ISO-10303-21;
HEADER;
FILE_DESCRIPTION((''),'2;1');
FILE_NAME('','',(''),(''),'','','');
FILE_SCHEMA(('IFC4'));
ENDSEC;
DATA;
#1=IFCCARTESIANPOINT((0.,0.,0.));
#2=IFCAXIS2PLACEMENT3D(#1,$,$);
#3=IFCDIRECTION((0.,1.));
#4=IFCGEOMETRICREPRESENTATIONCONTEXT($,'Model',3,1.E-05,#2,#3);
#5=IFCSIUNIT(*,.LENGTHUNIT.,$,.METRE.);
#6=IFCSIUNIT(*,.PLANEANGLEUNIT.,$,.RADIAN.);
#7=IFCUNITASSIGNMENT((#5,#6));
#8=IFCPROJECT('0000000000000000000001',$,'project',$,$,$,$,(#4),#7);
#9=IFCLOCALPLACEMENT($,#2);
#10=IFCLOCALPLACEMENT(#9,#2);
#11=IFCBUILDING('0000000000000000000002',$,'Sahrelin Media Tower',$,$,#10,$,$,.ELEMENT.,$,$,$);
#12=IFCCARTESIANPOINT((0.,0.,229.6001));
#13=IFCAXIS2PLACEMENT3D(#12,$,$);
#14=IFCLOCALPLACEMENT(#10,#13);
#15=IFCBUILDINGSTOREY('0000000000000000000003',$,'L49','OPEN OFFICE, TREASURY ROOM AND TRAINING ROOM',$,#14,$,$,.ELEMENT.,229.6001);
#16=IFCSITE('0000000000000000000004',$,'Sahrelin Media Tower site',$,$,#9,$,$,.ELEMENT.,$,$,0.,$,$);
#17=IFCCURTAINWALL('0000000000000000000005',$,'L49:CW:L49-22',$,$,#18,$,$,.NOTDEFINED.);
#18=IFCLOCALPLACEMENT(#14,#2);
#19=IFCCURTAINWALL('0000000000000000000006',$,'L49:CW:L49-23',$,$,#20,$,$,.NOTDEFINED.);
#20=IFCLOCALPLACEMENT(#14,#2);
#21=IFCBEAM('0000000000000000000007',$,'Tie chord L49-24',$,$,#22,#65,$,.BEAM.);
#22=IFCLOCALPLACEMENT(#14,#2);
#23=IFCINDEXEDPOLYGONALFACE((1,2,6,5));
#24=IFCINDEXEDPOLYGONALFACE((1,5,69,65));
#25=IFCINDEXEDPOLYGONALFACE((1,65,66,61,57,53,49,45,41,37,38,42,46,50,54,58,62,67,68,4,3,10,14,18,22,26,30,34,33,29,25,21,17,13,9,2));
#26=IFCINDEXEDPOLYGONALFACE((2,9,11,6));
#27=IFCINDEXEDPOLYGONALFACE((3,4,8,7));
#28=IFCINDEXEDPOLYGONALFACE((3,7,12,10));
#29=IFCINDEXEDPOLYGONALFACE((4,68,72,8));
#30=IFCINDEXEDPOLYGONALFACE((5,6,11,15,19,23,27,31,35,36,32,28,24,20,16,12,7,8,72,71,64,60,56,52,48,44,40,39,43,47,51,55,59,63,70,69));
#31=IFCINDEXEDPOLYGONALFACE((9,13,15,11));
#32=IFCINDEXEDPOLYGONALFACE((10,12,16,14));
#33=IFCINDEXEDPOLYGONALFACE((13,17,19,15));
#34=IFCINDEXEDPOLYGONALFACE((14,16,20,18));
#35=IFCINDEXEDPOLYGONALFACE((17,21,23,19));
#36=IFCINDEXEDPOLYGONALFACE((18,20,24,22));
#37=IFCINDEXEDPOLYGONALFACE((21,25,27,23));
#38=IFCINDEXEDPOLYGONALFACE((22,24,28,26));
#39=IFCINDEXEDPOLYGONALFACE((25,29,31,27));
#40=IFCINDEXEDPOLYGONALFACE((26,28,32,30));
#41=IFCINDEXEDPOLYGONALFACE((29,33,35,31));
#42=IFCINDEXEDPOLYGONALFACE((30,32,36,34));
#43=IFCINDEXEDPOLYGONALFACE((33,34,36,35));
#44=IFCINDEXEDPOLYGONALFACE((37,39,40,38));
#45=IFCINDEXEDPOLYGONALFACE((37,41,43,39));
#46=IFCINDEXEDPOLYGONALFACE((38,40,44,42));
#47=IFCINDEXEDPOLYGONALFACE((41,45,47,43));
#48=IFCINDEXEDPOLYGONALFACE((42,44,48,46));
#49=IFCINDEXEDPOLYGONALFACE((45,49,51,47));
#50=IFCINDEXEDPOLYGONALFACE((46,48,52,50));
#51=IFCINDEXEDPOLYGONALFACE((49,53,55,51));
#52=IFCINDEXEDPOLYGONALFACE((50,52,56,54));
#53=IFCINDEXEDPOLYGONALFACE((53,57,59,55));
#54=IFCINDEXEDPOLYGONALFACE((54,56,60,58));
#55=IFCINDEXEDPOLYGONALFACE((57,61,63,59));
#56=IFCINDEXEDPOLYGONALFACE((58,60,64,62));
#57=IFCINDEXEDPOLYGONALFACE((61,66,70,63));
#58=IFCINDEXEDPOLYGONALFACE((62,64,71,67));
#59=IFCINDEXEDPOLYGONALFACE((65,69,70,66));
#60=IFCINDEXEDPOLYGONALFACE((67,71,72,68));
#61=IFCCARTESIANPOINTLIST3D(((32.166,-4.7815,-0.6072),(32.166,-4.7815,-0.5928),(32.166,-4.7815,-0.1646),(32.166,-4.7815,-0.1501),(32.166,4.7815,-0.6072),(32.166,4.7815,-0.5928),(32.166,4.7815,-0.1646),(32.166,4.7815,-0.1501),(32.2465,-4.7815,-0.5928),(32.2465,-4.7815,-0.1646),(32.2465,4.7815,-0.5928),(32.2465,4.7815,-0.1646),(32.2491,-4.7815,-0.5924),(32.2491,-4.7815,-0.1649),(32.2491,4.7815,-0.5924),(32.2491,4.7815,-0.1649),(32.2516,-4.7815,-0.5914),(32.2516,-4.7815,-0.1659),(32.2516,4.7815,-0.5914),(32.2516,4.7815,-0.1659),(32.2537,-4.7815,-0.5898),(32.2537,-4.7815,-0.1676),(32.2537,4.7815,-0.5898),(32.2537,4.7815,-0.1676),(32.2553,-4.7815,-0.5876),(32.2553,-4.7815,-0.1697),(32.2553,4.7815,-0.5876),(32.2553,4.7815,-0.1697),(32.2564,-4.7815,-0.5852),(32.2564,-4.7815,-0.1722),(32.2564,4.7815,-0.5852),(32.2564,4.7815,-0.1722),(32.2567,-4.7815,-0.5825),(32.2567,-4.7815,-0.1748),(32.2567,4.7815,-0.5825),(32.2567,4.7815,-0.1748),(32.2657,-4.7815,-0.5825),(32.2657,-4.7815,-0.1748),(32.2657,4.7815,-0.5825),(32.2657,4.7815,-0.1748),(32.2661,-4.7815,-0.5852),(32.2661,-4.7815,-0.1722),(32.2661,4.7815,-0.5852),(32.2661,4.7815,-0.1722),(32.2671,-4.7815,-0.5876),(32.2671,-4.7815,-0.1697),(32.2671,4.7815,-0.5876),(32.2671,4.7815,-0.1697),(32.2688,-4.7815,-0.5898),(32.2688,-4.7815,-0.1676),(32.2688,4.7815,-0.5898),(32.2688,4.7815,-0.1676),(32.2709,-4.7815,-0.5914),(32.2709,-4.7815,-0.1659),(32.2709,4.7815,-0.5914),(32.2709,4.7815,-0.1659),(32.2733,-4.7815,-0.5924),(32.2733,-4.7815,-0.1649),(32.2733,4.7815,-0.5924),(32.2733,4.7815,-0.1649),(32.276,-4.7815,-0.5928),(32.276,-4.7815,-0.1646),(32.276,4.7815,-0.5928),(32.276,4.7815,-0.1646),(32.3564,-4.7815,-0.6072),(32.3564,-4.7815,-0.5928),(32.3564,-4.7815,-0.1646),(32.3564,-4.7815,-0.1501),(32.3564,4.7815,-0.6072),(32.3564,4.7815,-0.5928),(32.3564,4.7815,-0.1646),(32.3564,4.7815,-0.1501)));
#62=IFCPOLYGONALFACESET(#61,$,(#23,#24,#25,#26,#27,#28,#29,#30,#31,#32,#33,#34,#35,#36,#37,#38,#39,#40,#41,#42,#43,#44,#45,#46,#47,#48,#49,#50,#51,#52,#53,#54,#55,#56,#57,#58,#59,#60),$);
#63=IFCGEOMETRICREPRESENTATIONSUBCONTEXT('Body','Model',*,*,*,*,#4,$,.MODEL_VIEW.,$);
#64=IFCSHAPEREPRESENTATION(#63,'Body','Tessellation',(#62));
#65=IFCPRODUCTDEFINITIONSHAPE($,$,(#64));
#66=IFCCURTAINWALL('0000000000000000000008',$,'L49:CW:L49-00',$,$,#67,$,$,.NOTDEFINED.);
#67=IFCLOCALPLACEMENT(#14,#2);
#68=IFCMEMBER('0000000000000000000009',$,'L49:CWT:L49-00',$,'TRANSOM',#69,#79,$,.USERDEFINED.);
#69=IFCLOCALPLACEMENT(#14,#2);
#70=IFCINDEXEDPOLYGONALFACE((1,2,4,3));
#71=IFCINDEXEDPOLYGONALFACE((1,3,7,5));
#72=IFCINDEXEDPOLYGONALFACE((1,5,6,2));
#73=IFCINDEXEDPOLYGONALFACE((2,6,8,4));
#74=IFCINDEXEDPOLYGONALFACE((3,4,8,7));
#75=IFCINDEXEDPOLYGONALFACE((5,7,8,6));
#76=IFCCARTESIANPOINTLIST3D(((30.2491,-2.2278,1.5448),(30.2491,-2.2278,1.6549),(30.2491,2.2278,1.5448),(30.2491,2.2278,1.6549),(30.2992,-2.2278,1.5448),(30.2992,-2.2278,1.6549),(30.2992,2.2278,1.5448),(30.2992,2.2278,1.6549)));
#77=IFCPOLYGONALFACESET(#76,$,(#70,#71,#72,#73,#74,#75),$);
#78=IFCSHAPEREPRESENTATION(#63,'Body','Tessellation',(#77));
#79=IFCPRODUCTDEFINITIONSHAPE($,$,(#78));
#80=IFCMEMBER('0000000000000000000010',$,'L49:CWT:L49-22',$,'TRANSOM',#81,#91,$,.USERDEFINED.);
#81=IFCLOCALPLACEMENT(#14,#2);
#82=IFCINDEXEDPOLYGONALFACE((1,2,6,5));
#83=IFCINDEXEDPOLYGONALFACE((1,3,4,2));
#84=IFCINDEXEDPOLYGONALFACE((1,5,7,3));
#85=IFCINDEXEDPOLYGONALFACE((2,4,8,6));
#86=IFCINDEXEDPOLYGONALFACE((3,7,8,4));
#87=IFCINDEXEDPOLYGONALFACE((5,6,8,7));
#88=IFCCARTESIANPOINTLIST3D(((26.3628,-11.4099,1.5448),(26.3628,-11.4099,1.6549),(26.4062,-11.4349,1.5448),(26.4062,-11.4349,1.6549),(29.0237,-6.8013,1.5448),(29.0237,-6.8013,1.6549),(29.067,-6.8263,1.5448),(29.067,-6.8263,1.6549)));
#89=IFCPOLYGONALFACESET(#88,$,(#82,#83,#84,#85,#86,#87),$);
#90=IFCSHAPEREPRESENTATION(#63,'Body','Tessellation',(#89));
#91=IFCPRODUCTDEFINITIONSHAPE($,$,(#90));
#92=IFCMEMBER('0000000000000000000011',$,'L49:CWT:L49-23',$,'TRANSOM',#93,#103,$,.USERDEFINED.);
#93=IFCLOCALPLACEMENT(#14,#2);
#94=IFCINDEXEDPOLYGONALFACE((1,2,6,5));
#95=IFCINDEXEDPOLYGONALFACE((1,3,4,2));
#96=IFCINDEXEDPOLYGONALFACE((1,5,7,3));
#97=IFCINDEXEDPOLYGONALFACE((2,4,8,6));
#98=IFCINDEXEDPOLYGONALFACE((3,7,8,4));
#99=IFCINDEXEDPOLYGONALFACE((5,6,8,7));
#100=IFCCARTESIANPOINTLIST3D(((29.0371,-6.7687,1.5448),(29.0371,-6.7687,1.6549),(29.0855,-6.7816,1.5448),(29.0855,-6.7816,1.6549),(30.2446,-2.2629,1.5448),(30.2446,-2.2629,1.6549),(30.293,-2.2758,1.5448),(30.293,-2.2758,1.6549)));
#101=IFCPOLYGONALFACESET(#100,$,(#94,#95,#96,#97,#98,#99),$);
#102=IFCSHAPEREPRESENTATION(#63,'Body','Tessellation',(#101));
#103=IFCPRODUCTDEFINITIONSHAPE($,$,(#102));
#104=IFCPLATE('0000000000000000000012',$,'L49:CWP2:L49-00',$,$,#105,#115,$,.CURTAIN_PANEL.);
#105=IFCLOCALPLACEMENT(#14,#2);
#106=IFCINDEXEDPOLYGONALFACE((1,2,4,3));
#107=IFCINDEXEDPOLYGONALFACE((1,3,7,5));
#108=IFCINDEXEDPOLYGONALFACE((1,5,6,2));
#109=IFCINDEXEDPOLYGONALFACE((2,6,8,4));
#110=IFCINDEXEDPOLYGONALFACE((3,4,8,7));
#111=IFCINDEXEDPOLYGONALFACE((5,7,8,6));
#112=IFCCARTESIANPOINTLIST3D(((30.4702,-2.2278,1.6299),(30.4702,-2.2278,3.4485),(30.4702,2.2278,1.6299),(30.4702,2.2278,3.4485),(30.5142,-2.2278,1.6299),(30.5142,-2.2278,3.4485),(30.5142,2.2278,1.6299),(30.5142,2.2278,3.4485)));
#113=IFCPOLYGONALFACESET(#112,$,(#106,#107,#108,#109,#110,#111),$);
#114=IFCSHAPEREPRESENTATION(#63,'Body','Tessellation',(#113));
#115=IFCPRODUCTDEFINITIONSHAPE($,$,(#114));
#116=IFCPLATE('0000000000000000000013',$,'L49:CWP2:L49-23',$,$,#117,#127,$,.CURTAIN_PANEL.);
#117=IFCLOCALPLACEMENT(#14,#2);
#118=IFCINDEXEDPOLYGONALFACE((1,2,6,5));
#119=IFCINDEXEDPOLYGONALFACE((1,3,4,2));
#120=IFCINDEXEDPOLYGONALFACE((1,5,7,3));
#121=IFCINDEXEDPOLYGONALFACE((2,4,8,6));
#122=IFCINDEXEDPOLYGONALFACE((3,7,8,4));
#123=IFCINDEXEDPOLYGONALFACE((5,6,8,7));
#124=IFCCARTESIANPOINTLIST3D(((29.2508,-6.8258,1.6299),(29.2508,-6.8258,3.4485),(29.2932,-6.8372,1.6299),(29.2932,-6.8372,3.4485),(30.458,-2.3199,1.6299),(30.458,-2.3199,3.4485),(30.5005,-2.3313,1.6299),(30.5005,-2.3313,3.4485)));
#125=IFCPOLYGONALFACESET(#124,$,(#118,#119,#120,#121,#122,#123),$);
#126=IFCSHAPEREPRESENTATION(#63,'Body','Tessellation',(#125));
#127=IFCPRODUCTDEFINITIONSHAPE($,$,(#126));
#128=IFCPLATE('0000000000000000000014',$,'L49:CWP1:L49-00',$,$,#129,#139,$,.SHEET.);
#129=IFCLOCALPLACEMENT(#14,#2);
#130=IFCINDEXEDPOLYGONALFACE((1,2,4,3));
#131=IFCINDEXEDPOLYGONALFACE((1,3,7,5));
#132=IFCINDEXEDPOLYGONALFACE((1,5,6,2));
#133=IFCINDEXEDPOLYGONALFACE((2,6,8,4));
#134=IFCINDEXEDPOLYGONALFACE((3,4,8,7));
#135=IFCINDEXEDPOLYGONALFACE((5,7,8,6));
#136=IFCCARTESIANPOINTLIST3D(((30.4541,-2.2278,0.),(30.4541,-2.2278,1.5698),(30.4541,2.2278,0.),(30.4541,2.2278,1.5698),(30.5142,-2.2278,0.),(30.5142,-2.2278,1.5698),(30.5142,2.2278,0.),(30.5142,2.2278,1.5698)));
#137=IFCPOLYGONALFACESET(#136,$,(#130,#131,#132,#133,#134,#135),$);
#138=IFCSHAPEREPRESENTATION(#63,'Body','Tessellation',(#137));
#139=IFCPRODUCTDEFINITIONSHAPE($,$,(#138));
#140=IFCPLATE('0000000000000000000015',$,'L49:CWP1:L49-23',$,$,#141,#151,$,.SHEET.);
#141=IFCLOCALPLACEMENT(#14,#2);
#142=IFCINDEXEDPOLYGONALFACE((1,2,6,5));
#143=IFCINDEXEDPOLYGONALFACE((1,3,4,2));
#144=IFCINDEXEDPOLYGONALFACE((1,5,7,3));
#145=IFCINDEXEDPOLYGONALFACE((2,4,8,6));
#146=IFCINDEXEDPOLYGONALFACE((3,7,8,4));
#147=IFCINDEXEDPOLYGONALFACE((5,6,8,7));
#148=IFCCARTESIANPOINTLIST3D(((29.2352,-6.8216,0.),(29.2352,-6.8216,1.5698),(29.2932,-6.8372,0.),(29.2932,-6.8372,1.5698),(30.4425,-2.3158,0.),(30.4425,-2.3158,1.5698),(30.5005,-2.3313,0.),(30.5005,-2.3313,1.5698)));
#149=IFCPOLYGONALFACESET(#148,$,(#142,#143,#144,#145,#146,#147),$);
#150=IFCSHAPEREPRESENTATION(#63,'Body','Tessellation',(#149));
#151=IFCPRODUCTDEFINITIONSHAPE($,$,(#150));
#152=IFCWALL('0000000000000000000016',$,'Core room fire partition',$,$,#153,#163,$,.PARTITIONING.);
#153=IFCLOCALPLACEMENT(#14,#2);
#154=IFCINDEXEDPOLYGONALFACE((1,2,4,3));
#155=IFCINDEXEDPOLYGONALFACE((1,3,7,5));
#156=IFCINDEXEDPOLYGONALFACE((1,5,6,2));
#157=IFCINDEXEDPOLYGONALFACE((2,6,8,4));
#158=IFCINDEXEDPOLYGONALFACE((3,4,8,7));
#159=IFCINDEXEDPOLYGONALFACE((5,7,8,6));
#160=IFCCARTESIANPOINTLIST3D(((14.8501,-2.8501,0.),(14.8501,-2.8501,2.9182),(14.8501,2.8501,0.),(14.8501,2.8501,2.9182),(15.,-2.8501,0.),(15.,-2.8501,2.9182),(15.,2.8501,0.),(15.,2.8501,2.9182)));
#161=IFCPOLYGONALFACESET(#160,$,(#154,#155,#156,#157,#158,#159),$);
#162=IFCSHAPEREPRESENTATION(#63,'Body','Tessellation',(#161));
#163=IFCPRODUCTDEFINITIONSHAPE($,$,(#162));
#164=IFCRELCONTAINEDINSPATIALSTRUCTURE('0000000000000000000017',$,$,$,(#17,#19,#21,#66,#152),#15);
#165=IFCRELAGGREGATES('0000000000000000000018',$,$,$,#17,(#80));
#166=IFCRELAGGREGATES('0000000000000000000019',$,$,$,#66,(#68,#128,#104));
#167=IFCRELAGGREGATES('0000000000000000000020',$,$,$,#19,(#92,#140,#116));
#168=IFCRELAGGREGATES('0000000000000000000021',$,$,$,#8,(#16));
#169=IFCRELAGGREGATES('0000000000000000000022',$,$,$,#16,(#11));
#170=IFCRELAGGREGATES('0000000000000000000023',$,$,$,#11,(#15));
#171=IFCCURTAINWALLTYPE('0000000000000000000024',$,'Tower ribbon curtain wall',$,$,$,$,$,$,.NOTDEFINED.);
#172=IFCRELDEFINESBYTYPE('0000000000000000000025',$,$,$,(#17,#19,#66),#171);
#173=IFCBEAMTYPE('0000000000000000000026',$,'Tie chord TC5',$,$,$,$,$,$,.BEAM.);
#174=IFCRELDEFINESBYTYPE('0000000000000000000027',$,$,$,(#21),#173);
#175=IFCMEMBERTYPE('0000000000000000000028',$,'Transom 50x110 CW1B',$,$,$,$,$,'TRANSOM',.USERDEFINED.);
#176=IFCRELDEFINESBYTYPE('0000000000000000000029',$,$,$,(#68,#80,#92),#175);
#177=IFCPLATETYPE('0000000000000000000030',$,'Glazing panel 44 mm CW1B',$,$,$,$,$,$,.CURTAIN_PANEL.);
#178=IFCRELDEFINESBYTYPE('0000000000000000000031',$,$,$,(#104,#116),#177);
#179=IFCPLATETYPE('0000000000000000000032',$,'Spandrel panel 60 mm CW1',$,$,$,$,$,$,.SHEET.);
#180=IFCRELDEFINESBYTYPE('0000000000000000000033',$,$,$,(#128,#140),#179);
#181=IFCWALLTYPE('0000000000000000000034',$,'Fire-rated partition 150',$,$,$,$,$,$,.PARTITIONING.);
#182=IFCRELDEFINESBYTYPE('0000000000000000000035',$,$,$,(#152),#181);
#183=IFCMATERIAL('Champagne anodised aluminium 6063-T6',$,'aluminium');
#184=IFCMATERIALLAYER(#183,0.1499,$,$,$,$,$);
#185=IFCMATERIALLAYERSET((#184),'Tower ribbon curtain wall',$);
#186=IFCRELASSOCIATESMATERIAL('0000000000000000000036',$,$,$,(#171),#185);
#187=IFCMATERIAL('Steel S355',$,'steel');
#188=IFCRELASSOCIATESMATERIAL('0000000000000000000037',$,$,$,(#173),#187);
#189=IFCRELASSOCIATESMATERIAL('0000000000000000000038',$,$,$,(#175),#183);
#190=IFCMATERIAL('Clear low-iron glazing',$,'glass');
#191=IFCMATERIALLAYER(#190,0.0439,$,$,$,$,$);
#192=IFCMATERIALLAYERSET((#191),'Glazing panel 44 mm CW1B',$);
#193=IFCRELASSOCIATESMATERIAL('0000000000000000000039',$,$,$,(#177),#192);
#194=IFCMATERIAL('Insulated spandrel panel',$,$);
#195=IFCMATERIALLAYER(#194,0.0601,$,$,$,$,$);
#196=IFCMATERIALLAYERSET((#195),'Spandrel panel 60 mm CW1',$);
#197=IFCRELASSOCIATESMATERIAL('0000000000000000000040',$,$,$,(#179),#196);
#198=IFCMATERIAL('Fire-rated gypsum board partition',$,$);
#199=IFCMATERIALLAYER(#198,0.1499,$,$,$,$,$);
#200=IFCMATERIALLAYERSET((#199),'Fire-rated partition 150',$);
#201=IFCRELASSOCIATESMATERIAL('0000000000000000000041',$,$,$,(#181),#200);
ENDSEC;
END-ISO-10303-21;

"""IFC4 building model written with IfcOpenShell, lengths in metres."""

from ifc_helpers import new_model, si_unit, direction, frame, frame_2d, origin, origin_2d, place, context, subcontext, project, spatial, polyline, rectangle, i_section, outline, extrude, material, layer, layer_set, material_profile, profile_set, type_object, element, aggregate, save


model = new_model("IFC4")

# Units and contexts
model_context = context("Model", 3, precision=1e-05, world=origin(), true_north=direction((0.0, 1.0)))
body_context = subcontext(model_context, "Body", "Model", "MODEL_VIEW")
ifc_project = project(units=[si_unit("LENGTHUNIT", "METRE"), si_unit("PLANEANGLEUNIT", "RADIAN")], contexts=[model_context])

# Site, building, storey
site_placement = place(None, origin())
site = spatial("IfcSite", under=ifc_project, at=site_placement, Name="Sahrelin Media Tower site", CompositionType="ELEMENT", RefElevation=0.0)
building_placement = place(site_placement, origin())
building = spatial("IfcBuilding", under=site, at=building_placement, Name="Sahrelin Media Tower", CompositionType="ELEMENT")
storey_placement = place(building_placement, frame((0.0, 0.0, 229.6001)))
storey = spatial("IfcBuildingStorey", under=building, at=storey_placement, Name="L49", Description="OPEN OFFICE, TREASURY ROOM AND TRAINING ROOM", CompositionType="ELEMENT", Elevation=229.6001)

# Shared definitions
ifc_material_1 = material(Name="Steel S355", Category="steel")

# Curtain walls
ifc_material_2 = material(Name="Champagne anodised aluminium 6063-T6", Category="aluminium")
ifc_layer_1 = layer(ifc_material_2, 0.1499)
ifc_layer_set_1 = layer_set([ifc_layer_1], Name="Tower ribbon curtain wall")
curtain_wall_type = type_object("IfcCurtainWallType", Name="Tower ribbon curtain wall", PredefinedType="NOTDEFINED", material=ifc_layer_set_1)
curtain_wall_1_placement = place(storey_placement, frame((27.9055, -9.2278, 0.0), z_axis=(0.0, 0.0, 1.0), x_axis=(1.0, 0.0, 0.0)))
curtain_wall_1 = element("IfcCurtainWall", 1, at=curtain_wall_1_placement, inside=storey, type_object=curtain_wall_type, Name="L49:CW:L49-22", PredefinedType="NOTDEFINED")
curtain_wall_2_placement = place(storey_placement, frame((29.8774, -4.5791, 0.0), z_axis=(0.0, 0.0, 1.0), x_axis=(1.0, 0.0, 0.0)))
curtain_wall_2 = element("IfcCurtainWall", 2, at=curtain_wall_2_placement, inside=storey, type_object=curtain_wall_type, Name="L49:CW:L49-23", PredefinedType="NOTDEFINED")

# Beam
ifc_material_profile_1 = material_profile(ifc_material_1, i_section(OverallWidth=0.1904, OverallDepth=0.457, WebThickness=0.009, FlangeThickness=0.0144, FilletRadius=0.0103, at=origin_2d()), Name="UB 457x191x74")
ifc_profile_set_1 = profile_set([ifc_material_profile_1], Name="Steel S355")
beam_type_1 = type_object("IfcBeamType", Name="Tie chord TC5", PredefinedType="BEAM", material=ifc_profile_set_1)
beam_1_placement = place(storey_placement, frame((32.2612, -4.7815, -0.3787), z_axis=(0.0, 1.0, 0.0), x_axis=(-1.0, 0.0, 0.0)))
element("IfcBeam", 3, at=beam_1_placement, inside=storey, type_object=beam_type_1, Name="Tie chord L49-24", PredefinedType="BEAM", context=body_context, shape_type="SweptSolid", body=[
    extrude(i_section(OverallWidth=0.1904, OverallDepth=0.457, WebThickness=0.009, FlangeThickness=0.0144, FilletRadius=0.0103, at=origin_2d()), origin(), (0.0, 0.0, 1.0), 9.563),
])

# Curtain wall, member
curtain_wall_3_placement = place(storey_placement, frame((30.4941, 0.0, 0.0), z_axis=(0.0, 0.0, 1.0), x_axis=(1.0, 0.0, 0.0)))
curtain_wall_3 = element("IfcCurtainWall", 4, at=curtain_wall_3_placement, inside=storey, type_object=curtain_wall_type, Name="L49:CW:L49-00", PredefinedType="NOTDEFINED")
ifc_material_profile_2 = material_profile(ifc_material_2, rectangle(XDim=0.05, YDim=0.1101, at=origin_2d()), Name="Transom 50x110")
ifc_profile_set_2 = profile_set([ifc_material_profile_2], Name="Champagne anodised aluminium 6063-T6")
member_type_1 = type_object("IfcMemberType", Name="Transom 50x110 CW1B", ElementType="TRANSOM", PredefinedType="USERDEFINED", material=ifc_profile_set_2)
member_1_placement = place(storey_placement, frame((30.2742, -2.2278, 1.5999), z_axis=(0.0, 1.0, 0.0), x_axis=(-1.0, 0.0, 0.0)))
member_1 = element("IfcMember", 5, at=member_1_placement, type_object=member_type_1, Name="L49:CWT:L49-00", ObjectType="TRANSOM", PredefinedType="USERDEFINED", context=body_context, shape_type="SweptSolid", body=[
    extrude(rectangle(XDim=0.05, YDim=0.1101, at=origin_2d()), origin(), (0.0, 0.0, 1.0), 4.4556),
])

# Members
member_2_placement = place(storey_placement, frame((26.3845, -11.4224, 1.5999), z_axis=(0.500012, 0.866018, 0.0), x_axis=(-0.866018, 0.500012, 0.0)))
member_2 = element("IfcMember", 6, at=member_2_placement, type_object=member_type_1, Name="L49:CWT:L49-22", ObjectType="TRANSOM", PredefinedType="USERDEFINED", context=body_context, shape_type="SweptSolid", body=[
    extrude(rectangle(XDim=0.05, YDim=0.1101, at=origin_2d()), origin(), (0.0, 0.0, 1.0), 5.3215),
])
aggregate(curtain_wall_1, [member_2])
member_3_placement = place(storey_placement, frame((29.0613, -6.7751, 1.5999), z_axis=(0.258855, 0.965916, 0.0), x_axis=(-0.965916, 0.258855, 0.0)))
member_3 = element("IfcMember", 7, at=member_3_placement, type_object=member_type_1, Name="L49:CWT:L49-23", ObjectType="TRANSOM", PredefinedType="USERDEFINED", context=body_context, shape_type="SweptSolid", body=[
    extrude(rectangle(XDim=0.05, YDim=0.1101, at=origin_2d()), origin(), (0.0, 0.0, 1.0), 4.6648),
])

# Plates
ifc_material_3 = material(Name="Clear low-iron glazing", Category="glass")
ifc_layer_2 = layer(ifc_material_3, 0.0439)
ifc_layer_set_2 = layer_set([ifc_layer_2], Name="Glazing panel 44 mm CW1B")
plate_type_1 = type_object("IfcPlateType", Name="Glazing panel 44 mm CW1B", PredefinedType="CURTAIN_PANEL", material=ifc_layer_set_2)
plate_1_placement = place(storey_placement, frame((30.5142, -2.2278, 1.6299), z_axis=(1.0, 0.0, 0.0), x_axis=(0.0, 1.0, 0.0)))
plate_1 = element("IfcPlate", 8, at=plate_1_placement, type_object=plate_type_1, Name="L49:CWP2:L49-00", PredefinedType="CURTAIN_PANEL", context=body_context, shape_type="SweptSolid", body=[
    extrude(outline(polyline([(0.0, 0.0), (4.4556, 0.0), (4.4556, 1.8186), (0.0, 1.8186), (0.0, 0.0)])), origin(), (0.0, 0.0, -1.0), 0.0439),
])
plate_2_placement = place(storey_placement, frame((29.2932, -6.8372, 1.6299), z_axis=(0.965929, -0.258806, 0.0), x_axis=(0.258806, 0.965929, 0.0)))
plate_2 = element("IfcPlate", 9, at=plate_2_placement, type_object=plate_type_1, Name="L49:CWP2:L49-23", PredefinedType="CURTAIN_PANEL", context=body_context, shape_type="SweptSolid", body=[
    extrude(outline(polyline([(0.0, 0.0), (4.6648, 0.0), (4.6648, 1.8186), (0.0, 1.8186), (0.0, 0.0)])), origin(), (0.0, 0.0, -1.0), 0.0439),
])
ifc_material_4 = material(Name="Insulated spandrel panel")
ifc_layer_3 = layer(ifc_material_4, 0.0601)
ifc_layer_set_3 = layer_set([ifc_layer_3], Name="Spandrel panel 60 mm CW1")
plate_type_2 = type_object("IfcPlateType", Name="Spandrel panel 60 mm CW1", PredefinedType="SHEET", material=ifc_layer_set_3)
plate_3_placement = place(storey_placement, frame((30.5142, -2.2278, 0.0), z_axis=(1.0, 0.0, 0.0), x_axis=(0.0, 1.0, 0.0)))
plate_3 = element("IfcPlate", 10, at=plate_3_placement, type_object=plate_type_2, Name="L49:CWP1:L49-00", PredefinedType="SHEET", context=body_context, shape_type="SweptSolid", body=[
    extrude(outline(polyline([(0.0, 0.0), (4.4556, 0.0), (4.4556, 1.5698), (0.0, 1.5698), (0.0, 0.0)])), origin(), (0.0, 0.0, -1.0), 0.0601),
])
aggregate(curtain_wall_3, [member_1, plate_3, plate_1])
plate_4_placement = place(storey_placement, frame((29.2932, -6.8372, 0.0), z_axis=(0.965929, -0.258806, 0.0), x_axis=(0.258806, 0.965929, 0.0)))
plate_4 = element("IfcPlate", 11, at=plate_4_placement, type_object=plate_type_2, Name="L49:CWP1:L49-23", PredefinedType="SHEET", context=body_context, shape_type="SweptSolid", body=[
    extrude(outline(polyline([(0.0, 0.0), (4.6648, 0.0), (4.6648, 1.5698), (0.0, 1.5698), (0.0, 0.0)])), origin(), (0.0, 0.0, -1.0), 0.0601),
])
aggregate(curtain_wall_2, [member_3, plate_4, plate_2])

# Wall
ifc_material_5 = material(Name="Fire-rated gypsum board partition")
ifc_layer_4 = layer(ifc_material_5, 0.1499)
ifc_layer_set_4 = layer_set([ifc_layer_4], Name="Fire-rated partition 150")
wall_type_1 = type_object("IfcWallType", Name="Fire-rated partition 150", PredefinedType="PARTITIONING", material=ifc_layer_set_4)
wall_1_placement = place(storey_placement, frame((14.925, -2.8501, 0.0), z_axis=(0.0, 0.0, 1.0), x_axis=(0.0, 1.0, 0.0)))
element("IfcWall", 12, at=wall_1_placement, inside=storey, type_object=wall_type_1, Name="Core room fire partition", PredefinedType="PARTITIONING", context=body_context, shape_type="SweptSolid", body=[
    extrude(rectangle(XDim=5.7002, YDim=0.1499, at=frame_2d((2.8501, 0.0))), origin(), (0.0, 0.0, 1.0), 2.9182),
])

save(model, "model.ifc")
